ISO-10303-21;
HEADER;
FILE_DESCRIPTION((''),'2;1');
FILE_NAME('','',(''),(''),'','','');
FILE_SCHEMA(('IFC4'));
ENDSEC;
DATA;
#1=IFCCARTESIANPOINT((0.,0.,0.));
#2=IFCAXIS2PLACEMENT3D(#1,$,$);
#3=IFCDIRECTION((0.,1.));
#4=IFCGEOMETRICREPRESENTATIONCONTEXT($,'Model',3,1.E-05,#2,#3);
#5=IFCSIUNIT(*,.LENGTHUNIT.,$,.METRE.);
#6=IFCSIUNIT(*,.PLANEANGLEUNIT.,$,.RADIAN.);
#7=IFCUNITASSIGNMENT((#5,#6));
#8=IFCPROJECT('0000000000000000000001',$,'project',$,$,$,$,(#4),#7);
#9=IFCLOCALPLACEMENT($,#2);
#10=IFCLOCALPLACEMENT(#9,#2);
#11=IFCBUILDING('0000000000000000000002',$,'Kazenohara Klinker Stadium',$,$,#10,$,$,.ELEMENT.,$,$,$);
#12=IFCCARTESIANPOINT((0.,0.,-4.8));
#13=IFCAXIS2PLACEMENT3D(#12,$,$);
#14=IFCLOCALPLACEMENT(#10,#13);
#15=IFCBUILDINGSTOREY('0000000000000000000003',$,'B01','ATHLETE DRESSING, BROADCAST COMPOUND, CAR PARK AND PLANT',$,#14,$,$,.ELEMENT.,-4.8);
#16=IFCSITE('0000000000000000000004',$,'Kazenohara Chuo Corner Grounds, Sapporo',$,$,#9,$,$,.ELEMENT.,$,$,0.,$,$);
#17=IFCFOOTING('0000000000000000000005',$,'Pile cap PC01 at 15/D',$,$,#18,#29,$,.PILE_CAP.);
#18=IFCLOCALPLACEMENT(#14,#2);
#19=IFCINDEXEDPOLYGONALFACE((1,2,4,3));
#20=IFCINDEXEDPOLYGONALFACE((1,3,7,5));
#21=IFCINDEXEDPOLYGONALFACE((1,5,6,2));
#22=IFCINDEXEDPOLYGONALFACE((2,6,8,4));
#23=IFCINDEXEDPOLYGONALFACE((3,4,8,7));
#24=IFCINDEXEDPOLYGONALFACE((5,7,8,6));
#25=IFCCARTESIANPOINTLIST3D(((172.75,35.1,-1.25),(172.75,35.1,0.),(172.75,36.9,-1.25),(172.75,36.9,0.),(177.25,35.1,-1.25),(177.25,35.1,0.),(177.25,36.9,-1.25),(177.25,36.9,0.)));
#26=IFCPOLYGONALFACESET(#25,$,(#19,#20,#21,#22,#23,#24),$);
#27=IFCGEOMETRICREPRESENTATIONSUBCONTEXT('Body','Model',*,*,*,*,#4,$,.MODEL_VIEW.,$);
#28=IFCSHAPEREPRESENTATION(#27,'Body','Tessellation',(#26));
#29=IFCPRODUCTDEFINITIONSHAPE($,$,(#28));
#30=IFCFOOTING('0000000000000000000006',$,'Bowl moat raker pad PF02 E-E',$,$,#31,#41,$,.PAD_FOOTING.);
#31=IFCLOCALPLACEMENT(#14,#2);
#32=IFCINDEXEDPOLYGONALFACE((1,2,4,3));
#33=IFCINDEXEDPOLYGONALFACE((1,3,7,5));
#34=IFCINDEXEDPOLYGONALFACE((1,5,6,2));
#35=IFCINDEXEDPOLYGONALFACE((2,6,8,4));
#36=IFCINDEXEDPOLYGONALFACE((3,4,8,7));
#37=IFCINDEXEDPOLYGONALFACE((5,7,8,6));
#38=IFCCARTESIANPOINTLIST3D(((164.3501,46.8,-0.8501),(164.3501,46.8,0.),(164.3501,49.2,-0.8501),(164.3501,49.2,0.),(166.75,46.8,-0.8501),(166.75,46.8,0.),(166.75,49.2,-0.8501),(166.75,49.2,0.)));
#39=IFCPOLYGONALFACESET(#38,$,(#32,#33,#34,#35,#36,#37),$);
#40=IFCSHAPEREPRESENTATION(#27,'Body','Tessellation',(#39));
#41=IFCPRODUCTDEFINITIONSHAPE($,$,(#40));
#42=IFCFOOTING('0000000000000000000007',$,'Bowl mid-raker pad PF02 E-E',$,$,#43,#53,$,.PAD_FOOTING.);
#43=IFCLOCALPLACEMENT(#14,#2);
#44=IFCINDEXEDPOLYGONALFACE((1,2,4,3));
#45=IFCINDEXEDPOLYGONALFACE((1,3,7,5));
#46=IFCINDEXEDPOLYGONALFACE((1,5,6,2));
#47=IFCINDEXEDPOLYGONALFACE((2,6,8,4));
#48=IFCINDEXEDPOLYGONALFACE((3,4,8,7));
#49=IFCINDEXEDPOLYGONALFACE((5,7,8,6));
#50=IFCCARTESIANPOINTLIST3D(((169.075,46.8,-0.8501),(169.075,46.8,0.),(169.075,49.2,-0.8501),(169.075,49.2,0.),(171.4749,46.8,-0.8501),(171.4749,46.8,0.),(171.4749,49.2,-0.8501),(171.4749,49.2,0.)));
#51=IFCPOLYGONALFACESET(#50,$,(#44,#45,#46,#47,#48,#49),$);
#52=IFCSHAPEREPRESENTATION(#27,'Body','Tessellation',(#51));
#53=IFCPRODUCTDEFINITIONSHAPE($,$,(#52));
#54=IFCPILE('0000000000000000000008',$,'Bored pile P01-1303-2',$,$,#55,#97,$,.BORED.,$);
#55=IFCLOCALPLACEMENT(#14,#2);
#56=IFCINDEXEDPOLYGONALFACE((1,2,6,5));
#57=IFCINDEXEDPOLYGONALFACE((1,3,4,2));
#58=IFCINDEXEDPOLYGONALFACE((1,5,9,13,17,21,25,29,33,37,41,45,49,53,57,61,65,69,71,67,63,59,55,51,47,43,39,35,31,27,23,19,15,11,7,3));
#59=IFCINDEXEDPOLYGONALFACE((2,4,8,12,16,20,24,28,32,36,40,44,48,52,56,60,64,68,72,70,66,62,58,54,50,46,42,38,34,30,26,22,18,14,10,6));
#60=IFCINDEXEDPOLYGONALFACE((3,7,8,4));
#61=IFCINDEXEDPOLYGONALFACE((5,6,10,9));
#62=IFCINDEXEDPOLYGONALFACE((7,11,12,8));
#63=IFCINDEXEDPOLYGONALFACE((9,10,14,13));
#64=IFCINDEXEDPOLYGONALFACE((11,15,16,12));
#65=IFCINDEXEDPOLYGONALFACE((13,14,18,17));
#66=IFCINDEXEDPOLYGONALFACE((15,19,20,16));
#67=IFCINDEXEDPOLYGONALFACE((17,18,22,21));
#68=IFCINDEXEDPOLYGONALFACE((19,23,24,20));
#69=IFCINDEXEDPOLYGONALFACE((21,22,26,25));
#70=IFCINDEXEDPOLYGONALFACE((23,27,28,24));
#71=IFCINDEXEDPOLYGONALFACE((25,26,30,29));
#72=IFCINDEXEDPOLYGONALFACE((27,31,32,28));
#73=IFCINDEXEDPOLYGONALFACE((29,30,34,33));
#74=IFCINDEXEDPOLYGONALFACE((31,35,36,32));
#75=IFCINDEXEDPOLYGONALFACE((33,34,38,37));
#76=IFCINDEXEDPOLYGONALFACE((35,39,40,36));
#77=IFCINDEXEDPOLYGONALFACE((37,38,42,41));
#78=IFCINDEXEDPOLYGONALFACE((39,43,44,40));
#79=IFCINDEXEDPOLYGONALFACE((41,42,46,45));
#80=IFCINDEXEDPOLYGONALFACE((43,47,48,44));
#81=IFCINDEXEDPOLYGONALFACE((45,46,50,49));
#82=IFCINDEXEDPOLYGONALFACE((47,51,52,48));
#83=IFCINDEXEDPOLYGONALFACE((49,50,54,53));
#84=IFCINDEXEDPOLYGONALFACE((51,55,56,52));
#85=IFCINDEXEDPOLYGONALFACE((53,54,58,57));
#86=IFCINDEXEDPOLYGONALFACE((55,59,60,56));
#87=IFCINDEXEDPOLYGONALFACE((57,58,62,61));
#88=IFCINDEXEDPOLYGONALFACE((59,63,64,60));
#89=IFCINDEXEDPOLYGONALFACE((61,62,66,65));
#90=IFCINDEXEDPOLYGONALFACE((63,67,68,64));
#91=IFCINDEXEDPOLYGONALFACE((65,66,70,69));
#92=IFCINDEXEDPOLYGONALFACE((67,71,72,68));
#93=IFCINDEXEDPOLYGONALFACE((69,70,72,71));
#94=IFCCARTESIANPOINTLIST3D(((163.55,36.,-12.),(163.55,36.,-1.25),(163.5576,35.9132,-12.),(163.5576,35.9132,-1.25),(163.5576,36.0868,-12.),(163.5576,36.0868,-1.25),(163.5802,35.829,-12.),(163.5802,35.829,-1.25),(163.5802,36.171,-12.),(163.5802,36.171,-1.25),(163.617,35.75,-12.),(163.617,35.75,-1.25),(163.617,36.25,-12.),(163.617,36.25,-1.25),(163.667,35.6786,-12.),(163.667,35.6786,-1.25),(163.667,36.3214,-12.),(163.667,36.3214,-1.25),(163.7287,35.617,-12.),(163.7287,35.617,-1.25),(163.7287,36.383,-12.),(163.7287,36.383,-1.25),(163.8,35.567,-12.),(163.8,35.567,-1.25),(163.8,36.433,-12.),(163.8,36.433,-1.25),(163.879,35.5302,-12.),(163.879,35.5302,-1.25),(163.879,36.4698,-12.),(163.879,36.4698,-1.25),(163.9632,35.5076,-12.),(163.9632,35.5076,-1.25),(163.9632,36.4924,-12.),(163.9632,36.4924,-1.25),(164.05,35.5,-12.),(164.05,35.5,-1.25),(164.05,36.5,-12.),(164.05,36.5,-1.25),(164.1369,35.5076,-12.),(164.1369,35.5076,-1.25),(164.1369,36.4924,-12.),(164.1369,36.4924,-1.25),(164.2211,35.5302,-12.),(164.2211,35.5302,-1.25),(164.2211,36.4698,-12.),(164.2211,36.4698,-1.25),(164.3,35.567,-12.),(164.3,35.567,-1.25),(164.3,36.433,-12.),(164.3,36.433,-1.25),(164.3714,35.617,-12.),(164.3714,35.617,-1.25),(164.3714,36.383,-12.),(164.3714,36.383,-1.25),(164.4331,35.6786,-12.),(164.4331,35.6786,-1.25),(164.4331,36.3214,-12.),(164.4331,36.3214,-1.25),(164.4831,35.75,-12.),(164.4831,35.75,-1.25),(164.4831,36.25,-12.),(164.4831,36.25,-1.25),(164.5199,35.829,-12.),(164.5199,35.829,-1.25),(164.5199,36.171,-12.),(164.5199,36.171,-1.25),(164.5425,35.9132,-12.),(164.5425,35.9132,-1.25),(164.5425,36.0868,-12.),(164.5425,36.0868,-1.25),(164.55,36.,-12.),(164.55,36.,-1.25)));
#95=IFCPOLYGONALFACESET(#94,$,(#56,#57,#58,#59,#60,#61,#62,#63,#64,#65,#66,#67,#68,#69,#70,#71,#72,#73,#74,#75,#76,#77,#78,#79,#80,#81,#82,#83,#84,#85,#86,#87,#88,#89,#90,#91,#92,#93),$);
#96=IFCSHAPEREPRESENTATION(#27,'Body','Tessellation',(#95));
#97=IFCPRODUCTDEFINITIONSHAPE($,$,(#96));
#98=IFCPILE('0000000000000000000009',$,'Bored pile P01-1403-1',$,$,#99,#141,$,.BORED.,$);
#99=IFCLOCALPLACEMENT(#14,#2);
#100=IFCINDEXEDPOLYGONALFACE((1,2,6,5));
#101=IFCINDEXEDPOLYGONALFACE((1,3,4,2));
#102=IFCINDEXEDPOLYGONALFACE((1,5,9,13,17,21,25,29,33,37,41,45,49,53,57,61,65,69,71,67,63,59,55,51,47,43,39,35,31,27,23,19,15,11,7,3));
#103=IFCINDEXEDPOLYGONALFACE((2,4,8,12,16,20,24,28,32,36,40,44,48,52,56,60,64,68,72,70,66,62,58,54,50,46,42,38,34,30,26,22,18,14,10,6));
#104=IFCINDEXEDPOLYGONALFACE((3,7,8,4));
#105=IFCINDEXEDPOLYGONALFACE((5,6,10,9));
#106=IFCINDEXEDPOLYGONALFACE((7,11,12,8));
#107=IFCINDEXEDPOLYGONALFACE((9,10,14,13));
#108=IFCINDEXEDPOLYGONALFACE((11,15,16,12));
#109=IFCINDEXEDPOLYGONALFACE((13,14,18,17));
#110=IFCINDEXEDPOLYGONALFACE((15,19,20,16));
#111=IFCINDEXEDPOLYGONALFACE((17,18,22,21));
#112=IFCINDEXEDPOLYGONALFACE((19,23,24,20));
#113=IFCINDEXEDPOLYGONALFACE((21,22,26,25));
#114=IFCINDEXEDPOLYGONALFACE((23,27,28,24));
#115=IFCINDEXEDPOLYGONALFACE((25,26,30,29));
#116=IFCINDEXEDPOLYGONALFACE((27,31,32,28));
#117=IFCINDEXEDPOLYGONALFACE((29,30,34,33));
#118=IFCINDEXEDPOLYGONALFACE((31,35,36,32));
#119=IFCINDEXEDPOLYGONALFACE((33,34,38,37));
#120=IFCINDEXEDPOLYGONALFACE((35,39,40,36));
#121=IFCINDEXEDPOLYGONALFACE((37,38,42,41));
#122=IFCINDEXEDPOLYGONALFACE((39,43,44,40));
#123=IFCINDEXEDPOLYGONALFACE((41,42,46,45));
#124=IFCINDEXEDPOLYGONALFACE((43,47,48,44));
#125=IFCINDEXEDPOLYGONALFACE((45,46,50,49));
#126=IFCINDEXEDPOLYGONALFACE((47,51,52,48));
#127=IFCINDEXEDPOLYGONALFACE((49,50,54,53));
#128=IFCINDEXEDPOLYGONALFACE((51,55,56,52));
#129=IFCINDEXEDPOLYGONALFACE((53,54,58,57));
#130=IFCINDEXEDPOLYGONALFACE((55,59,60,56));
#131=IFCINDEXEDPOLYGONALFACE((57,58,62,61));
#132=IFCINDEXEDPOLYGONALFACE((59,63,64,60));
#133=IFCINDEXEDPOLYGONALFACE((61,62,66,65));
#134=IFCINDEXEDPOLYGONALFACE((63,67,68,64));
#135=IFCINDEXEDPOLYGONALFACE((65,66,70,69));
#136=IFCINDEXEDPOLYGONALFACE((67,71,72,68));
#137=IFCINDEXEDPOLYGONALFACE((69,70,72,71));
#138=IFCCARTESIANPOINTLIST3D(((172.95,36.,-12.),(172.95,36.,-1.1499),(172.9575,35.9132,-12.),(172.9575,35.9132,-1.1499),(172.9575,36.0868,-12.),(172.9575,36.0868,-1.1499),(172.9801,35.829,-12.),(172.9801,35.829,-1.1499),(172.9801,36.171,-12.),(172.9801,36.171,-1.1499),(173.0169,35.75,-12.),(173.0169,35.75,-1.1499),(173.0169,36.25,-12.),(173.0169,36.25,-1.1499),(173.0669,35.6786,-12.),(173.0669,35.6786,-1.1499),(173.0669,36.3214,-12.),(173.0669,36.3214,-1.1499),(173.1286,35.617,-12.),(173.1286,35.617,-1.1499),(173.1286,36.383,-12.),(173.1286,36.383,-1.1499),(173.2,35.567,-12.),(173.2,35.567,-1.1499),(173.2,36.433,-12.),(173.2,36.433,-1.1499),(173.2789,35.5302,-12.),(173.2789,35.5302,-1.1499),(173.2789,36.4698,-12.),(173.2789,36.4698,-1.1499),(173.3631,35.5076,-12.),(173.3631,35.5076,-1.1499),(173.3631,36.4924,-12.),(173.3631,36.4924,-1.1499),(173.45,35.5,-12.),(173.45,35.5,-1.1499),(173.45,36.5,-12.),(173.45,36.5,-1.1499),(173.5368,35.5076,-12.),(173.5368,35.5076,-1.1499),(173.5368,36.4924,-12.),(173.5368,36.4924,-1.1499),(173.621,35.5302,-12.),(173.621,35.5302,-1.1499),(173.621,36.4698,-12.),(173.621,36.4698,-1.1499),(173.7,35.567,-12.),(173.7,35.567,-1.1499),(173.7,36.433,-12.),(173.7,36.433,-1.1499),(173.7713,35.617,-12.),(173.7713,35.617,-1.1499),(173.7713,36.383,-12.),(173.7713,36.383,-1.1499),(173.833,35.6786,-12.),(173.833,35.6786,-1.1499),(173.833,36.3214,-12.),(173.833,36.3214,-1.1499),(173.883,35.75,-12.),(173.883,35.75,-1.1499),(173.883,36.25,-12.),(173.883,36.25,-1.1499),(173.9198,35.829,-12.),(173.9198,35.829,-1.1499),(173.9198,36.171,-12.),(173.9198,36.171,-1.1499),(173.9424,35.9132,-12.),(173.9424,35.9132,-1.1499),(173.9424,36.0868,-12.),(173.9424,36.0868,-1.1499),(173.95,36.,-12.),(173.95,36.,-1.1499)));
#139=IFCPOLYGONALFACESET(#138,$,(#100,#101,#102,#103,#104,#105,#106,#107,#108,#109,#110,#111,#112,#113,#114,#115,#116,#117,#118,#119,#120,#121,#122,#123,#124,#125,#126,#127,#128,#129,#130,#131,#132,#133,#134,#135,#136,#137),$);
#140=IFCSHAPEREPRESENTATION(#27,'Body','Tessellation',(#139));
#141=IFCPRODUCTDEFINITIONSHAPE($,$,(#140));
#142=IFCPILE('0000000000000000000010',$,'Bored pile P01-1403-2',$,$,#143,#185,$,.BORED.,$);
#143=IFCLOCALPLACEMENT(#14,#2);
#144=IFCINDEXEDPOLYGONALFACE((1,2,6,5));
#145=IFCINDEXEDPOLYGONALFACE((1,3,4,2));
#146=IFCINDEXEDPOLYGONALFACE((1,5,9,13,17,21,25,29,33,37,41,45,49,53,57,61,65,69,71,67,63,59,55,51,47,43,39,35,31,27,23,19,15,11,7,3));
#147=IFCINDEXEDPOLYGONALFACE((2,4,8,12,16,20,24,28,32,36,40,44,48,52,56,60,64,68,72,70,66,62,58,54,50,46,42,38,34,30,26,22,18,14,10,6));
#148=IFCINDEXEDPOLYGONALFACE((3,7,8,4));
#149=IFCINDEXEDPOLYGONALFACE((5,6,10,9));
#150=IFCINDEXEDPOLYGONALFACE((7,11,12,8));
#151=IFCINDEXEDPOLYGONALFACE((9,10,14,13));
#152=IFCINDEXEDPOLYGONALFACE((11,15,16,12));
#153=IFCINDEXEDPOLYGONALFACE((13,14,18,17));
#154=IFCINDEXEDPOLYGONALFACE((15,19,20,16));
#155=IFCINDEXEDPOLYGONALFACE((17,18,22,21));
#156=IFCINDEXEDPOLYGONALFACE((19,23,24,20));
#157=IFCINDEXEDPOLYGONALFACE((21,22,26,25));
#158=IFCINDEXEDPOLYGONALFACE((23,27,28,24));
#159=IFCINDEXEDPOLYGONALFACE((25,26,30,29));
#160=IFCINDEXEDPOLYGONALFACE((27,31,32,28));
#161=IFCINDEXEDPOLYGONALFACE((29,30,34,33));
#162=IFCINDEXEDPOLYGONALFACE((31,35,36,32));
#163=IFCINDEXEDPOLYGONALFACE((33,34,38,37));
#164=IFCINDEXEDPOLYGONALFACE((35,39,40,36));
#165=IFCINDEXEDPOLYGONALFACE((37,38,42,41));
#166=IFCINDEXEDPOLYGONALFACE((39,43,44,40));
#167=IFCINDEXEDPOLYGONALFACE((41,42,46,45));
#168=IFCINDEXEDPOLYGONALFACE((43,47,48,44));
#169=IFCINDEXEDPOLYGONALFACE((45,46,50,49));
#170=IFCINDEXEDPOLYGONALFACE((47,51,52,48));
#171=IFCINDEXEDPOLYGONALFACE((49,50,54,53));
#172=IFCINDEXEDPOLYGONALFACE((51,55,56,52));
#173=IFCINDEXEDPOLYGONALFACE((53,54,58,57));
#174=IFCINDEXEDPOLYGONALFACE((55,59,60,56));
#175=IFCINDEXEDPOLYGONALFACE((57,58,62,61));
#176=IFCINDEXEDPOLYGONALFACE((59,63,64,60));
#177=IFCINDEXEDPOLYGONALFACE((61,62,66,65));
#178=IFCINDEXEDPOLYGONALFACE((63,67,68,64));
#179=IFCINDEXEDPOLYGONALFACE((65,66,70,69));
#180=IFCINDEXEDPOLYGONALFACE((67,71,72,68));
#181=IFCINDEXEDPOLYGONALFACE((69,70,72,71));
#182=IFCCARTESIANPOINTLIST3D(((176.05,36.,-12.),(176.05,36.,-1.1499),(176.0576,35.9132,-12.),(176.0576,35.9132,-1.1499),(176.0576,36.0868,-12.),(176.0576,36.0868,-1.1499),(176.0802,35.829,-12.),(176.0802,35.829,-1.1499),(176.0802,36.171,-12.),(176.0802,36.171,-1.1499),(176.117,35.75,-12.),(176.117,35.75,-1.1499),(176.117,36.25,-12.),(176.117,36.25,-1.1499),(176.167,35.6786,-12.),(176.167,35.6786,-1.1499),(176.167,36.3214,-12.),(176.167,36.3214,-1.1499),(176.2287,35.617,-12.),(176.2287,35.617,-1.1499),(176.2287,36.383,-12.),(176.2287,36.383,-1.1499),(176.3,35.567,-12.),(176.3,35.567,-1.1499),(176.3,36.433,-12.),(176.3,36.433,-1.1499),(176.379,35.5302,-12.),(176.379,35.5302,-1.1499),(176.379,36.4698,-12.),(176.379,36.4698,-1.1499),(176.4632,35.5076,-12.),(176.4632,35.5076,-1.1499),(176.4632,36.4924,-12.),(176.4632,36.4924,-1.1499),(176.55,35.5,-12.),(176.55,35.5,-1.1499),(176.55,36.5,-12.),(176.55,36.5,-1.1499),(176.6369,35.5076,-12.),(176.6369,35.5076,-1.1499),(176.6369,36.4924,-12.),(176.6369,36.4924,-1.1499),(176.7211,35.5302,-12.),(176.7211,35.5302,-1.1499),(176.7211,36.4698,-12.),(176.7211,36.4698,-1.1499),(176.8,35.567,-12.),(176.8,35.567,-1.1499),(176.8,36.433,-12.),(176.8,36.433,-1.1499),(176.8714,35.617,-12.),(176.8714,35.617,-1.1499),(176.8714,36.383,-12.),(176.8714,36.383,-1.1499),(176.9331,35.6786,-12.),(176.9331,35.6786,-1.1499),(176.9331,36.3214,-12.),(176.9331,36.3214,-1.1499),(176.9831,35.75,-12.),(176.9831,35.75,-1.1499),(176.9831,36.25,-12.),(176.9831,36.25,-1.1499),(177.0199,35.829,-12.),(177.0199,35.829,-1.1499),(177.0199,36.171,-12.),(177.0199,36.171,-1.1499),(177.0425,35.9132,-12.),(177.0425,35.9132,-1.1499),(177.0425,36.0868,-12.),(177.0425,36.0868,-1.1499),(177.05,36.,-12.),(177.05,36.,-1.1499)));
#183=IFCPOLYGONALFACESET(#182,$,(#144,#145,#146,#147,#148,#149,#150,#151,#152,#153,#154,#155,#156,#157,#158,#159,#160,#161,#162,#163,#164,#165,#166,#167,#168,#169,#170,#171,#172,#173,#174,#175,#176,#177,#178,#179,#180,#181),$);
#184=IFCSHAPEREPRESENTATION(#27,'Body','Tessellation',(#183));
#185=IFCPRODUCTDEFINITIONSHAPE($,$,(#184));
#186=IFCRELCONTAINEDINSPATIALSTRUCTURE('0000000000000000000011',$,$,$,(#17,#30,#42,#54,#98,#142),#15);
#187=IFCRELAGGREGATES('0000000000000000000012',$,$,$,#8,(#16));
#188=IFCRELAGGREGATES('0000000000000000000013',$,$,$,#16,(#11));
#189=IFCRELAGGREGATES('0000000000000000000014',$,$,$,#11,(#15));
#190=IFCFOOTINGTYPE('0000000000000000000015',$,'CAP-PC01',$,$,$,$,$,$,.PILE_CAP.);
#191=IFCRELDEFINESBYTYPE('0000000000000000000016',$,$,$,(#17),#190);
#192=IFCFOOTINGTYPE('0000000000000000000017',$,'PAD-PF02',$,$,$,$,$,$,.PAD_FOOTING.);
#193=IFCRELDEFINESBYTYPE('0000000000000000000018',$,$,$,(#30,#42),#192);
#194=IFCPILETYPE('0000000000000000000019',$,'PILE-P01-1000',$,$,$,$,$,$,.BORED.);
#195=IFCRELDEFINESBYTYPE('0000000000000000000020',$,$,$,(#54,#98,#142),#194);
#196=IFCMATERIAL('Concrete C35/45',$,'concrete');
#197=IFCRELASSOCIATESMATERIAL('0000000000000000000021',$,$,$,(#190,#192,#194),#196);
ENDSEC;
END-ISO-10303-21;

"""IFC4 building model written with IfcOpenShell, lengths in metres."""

from ifc_helpers import new_model, si_unit, direction, frame, origin, origin_2d, place, context, subcontext, project, spatial, rectangle, circle, extrude, material, material_profile, profile_set, type_object, element, save


model = new_model("IFC4")

# Units and contexts
model_context = context("Model", 3, precision=1e-05, world=origin(), true_north=direction((0.0, 1.0)))
body_context = subcontext(model_context, "Body", "Model", "MODEL_VIEW")
ifc_project = project(units=[si_unit("LENGTHUNIT", "METRE"), si_unit("PLANEANGLEUNIT", "RADIAN")], contexts=[model_context])

# Site, building, storey
site_placement = place(None, origin())
site = spatial("IfcSite", under=ifc_project, at=site_placement, Name="Kazenohara Chuo Corner Grounds, Sapporo", CompositionType="ELEMENT", RefElevation=0.0)
building_placement = place(site_placement, origin())
building = spatial("IfcBuilding", under=site, at=building_placement, Name="Kazenohara Klinker Stadium", CompositionType="ELEMENT")
storey_placement = place(building_placement, frame((0.0, 0.0, -4.8)))
storey = spatial("IfcBuildingStorey", under=building, at=storey_placement, Name="B01", Description="ATHLETE DRESSING, BROADCAST COMPOUND, CAR PARK AND PLANT", CompositionType="ELEMENT", Elevation=-4.8)

# Footings
ifc_material_1 = material(Name="Concrete C35/45", Category="concrete")
footing_type_1 = type_object("IfcFootingType", Name="CAP-PC01", PredefinedType="PILE_CAP", material=ifc_material_1)
footing_placement = place(storey_placement, frame((175.0, 36.0, -1.25), z_axis=(0.0, 0.0, 1.0), x_axis=(1.0, 0.0, 0.0)))
element("IfcFooting", 1, at=footing_placement, inside=storey, type_object=footing_type_1, Name="Pile cap PC01 at 15/D", PredefinedType="PILE_CAP", context=body_context, shape_type="SweptSolid", body=[
    extrude(rectangle(XDim=4.5, YDim=1.8, at=origin_2d()), origin(), (0.0, 0.0, 1.0), 1.25),
])
footing_type_2 = type_object("IfcFootingType", Name="PAD-PF02", PredefinedType="PAD_FOOTING", material=ifc_material_1)
for number, where, z_axis, x_axis, name in (
    (2, (165.55, 48.0, -0.8501), (0.0, 0.0, 1.0), (1.0, 0.0, 0.0), "Bowl moat raker pad PF02 E-E"),
    (3, (170.2749, 48.0, -0.8501), (0.0, 0.0, 1.0), (1.0, 0.0, 0.0), "Bowl mid-raker pad PF02 E-E"),
):
    element("IfcFooting", number, at=place(storey_placement, frame(where, z_axis=z_axis, x_axis=x_axis)), inside=storey, type_object=footing_type_2, Name=name, PredefinedType="PAD_FOOTING", context=body_context, shape_type="SweptSolid", body=[
        extrude(rectangle(XDim=2.3999, YDim=2.3999, at=origin_2d()), origin(), (0.0, 0.0, 1.0), 0.8501),
    ])

# Piles
ifc_material_profile_1 = material_profile(ifc_material_1, circle(Radius=0.5, at=origin_2d()), Name="BORED-PILE-1000")
ifc_profile_set_1 = profile_set([ifc_material_profile_1], Name="Concrete C35/45")
pile_type_1 = type_object("IfcPileType", Name="PILE-P01-1000", PredefinedType="BORED", material=ifc_profile_set_1)
pile_1_placement = place(storey_placement, frame((164.05, 36.0, -1.25), z_axis=(0.0, 0.0, -1.0), x_axis=(1.0, 0.0, 0.0)))
element("IfcPile", 4, at=pile_1_placement, inside=storey, type_object=pile_type_1, Name="Bored pile P01-1303-2", PredefinedType="BORED", context=body_context, shape_type="SweptSolid", body=[
    extrude(circle(Radius=0.5, at=origin_2d()), origin(), (0.0, 0.0, 1.0), 10.75),
])
for number, where, z_axis, x_axis, name in (
    (5, (173.45, 36.0, -1.1499), (0.0, 0.0, -1.0), (1.0, 0.0, 0.0), "Bored pile P01-1403-1"),
    (6, (176.55, 36.0, -1.1499), (0.0, 0.0, -1.0), (1.0, 0.0, 0.0), "Bored pile P01-1403-2"),
):
    element("IfcPile", number, at=place(storey_placement, frame(where, z_axis=z_axis, x_axis=x_axis)), inside=storey, type_object=pile_type_1, Name=name, PredefinedType="BORED", context=body_context, shape_type="SweptSolid", body=[
        extrude(circle(Radius=0.5, at=origin_2d()), origin(), (0.0, 0.0, 1.0), 10.8501),
    ])

save(model, "model.ifc")
